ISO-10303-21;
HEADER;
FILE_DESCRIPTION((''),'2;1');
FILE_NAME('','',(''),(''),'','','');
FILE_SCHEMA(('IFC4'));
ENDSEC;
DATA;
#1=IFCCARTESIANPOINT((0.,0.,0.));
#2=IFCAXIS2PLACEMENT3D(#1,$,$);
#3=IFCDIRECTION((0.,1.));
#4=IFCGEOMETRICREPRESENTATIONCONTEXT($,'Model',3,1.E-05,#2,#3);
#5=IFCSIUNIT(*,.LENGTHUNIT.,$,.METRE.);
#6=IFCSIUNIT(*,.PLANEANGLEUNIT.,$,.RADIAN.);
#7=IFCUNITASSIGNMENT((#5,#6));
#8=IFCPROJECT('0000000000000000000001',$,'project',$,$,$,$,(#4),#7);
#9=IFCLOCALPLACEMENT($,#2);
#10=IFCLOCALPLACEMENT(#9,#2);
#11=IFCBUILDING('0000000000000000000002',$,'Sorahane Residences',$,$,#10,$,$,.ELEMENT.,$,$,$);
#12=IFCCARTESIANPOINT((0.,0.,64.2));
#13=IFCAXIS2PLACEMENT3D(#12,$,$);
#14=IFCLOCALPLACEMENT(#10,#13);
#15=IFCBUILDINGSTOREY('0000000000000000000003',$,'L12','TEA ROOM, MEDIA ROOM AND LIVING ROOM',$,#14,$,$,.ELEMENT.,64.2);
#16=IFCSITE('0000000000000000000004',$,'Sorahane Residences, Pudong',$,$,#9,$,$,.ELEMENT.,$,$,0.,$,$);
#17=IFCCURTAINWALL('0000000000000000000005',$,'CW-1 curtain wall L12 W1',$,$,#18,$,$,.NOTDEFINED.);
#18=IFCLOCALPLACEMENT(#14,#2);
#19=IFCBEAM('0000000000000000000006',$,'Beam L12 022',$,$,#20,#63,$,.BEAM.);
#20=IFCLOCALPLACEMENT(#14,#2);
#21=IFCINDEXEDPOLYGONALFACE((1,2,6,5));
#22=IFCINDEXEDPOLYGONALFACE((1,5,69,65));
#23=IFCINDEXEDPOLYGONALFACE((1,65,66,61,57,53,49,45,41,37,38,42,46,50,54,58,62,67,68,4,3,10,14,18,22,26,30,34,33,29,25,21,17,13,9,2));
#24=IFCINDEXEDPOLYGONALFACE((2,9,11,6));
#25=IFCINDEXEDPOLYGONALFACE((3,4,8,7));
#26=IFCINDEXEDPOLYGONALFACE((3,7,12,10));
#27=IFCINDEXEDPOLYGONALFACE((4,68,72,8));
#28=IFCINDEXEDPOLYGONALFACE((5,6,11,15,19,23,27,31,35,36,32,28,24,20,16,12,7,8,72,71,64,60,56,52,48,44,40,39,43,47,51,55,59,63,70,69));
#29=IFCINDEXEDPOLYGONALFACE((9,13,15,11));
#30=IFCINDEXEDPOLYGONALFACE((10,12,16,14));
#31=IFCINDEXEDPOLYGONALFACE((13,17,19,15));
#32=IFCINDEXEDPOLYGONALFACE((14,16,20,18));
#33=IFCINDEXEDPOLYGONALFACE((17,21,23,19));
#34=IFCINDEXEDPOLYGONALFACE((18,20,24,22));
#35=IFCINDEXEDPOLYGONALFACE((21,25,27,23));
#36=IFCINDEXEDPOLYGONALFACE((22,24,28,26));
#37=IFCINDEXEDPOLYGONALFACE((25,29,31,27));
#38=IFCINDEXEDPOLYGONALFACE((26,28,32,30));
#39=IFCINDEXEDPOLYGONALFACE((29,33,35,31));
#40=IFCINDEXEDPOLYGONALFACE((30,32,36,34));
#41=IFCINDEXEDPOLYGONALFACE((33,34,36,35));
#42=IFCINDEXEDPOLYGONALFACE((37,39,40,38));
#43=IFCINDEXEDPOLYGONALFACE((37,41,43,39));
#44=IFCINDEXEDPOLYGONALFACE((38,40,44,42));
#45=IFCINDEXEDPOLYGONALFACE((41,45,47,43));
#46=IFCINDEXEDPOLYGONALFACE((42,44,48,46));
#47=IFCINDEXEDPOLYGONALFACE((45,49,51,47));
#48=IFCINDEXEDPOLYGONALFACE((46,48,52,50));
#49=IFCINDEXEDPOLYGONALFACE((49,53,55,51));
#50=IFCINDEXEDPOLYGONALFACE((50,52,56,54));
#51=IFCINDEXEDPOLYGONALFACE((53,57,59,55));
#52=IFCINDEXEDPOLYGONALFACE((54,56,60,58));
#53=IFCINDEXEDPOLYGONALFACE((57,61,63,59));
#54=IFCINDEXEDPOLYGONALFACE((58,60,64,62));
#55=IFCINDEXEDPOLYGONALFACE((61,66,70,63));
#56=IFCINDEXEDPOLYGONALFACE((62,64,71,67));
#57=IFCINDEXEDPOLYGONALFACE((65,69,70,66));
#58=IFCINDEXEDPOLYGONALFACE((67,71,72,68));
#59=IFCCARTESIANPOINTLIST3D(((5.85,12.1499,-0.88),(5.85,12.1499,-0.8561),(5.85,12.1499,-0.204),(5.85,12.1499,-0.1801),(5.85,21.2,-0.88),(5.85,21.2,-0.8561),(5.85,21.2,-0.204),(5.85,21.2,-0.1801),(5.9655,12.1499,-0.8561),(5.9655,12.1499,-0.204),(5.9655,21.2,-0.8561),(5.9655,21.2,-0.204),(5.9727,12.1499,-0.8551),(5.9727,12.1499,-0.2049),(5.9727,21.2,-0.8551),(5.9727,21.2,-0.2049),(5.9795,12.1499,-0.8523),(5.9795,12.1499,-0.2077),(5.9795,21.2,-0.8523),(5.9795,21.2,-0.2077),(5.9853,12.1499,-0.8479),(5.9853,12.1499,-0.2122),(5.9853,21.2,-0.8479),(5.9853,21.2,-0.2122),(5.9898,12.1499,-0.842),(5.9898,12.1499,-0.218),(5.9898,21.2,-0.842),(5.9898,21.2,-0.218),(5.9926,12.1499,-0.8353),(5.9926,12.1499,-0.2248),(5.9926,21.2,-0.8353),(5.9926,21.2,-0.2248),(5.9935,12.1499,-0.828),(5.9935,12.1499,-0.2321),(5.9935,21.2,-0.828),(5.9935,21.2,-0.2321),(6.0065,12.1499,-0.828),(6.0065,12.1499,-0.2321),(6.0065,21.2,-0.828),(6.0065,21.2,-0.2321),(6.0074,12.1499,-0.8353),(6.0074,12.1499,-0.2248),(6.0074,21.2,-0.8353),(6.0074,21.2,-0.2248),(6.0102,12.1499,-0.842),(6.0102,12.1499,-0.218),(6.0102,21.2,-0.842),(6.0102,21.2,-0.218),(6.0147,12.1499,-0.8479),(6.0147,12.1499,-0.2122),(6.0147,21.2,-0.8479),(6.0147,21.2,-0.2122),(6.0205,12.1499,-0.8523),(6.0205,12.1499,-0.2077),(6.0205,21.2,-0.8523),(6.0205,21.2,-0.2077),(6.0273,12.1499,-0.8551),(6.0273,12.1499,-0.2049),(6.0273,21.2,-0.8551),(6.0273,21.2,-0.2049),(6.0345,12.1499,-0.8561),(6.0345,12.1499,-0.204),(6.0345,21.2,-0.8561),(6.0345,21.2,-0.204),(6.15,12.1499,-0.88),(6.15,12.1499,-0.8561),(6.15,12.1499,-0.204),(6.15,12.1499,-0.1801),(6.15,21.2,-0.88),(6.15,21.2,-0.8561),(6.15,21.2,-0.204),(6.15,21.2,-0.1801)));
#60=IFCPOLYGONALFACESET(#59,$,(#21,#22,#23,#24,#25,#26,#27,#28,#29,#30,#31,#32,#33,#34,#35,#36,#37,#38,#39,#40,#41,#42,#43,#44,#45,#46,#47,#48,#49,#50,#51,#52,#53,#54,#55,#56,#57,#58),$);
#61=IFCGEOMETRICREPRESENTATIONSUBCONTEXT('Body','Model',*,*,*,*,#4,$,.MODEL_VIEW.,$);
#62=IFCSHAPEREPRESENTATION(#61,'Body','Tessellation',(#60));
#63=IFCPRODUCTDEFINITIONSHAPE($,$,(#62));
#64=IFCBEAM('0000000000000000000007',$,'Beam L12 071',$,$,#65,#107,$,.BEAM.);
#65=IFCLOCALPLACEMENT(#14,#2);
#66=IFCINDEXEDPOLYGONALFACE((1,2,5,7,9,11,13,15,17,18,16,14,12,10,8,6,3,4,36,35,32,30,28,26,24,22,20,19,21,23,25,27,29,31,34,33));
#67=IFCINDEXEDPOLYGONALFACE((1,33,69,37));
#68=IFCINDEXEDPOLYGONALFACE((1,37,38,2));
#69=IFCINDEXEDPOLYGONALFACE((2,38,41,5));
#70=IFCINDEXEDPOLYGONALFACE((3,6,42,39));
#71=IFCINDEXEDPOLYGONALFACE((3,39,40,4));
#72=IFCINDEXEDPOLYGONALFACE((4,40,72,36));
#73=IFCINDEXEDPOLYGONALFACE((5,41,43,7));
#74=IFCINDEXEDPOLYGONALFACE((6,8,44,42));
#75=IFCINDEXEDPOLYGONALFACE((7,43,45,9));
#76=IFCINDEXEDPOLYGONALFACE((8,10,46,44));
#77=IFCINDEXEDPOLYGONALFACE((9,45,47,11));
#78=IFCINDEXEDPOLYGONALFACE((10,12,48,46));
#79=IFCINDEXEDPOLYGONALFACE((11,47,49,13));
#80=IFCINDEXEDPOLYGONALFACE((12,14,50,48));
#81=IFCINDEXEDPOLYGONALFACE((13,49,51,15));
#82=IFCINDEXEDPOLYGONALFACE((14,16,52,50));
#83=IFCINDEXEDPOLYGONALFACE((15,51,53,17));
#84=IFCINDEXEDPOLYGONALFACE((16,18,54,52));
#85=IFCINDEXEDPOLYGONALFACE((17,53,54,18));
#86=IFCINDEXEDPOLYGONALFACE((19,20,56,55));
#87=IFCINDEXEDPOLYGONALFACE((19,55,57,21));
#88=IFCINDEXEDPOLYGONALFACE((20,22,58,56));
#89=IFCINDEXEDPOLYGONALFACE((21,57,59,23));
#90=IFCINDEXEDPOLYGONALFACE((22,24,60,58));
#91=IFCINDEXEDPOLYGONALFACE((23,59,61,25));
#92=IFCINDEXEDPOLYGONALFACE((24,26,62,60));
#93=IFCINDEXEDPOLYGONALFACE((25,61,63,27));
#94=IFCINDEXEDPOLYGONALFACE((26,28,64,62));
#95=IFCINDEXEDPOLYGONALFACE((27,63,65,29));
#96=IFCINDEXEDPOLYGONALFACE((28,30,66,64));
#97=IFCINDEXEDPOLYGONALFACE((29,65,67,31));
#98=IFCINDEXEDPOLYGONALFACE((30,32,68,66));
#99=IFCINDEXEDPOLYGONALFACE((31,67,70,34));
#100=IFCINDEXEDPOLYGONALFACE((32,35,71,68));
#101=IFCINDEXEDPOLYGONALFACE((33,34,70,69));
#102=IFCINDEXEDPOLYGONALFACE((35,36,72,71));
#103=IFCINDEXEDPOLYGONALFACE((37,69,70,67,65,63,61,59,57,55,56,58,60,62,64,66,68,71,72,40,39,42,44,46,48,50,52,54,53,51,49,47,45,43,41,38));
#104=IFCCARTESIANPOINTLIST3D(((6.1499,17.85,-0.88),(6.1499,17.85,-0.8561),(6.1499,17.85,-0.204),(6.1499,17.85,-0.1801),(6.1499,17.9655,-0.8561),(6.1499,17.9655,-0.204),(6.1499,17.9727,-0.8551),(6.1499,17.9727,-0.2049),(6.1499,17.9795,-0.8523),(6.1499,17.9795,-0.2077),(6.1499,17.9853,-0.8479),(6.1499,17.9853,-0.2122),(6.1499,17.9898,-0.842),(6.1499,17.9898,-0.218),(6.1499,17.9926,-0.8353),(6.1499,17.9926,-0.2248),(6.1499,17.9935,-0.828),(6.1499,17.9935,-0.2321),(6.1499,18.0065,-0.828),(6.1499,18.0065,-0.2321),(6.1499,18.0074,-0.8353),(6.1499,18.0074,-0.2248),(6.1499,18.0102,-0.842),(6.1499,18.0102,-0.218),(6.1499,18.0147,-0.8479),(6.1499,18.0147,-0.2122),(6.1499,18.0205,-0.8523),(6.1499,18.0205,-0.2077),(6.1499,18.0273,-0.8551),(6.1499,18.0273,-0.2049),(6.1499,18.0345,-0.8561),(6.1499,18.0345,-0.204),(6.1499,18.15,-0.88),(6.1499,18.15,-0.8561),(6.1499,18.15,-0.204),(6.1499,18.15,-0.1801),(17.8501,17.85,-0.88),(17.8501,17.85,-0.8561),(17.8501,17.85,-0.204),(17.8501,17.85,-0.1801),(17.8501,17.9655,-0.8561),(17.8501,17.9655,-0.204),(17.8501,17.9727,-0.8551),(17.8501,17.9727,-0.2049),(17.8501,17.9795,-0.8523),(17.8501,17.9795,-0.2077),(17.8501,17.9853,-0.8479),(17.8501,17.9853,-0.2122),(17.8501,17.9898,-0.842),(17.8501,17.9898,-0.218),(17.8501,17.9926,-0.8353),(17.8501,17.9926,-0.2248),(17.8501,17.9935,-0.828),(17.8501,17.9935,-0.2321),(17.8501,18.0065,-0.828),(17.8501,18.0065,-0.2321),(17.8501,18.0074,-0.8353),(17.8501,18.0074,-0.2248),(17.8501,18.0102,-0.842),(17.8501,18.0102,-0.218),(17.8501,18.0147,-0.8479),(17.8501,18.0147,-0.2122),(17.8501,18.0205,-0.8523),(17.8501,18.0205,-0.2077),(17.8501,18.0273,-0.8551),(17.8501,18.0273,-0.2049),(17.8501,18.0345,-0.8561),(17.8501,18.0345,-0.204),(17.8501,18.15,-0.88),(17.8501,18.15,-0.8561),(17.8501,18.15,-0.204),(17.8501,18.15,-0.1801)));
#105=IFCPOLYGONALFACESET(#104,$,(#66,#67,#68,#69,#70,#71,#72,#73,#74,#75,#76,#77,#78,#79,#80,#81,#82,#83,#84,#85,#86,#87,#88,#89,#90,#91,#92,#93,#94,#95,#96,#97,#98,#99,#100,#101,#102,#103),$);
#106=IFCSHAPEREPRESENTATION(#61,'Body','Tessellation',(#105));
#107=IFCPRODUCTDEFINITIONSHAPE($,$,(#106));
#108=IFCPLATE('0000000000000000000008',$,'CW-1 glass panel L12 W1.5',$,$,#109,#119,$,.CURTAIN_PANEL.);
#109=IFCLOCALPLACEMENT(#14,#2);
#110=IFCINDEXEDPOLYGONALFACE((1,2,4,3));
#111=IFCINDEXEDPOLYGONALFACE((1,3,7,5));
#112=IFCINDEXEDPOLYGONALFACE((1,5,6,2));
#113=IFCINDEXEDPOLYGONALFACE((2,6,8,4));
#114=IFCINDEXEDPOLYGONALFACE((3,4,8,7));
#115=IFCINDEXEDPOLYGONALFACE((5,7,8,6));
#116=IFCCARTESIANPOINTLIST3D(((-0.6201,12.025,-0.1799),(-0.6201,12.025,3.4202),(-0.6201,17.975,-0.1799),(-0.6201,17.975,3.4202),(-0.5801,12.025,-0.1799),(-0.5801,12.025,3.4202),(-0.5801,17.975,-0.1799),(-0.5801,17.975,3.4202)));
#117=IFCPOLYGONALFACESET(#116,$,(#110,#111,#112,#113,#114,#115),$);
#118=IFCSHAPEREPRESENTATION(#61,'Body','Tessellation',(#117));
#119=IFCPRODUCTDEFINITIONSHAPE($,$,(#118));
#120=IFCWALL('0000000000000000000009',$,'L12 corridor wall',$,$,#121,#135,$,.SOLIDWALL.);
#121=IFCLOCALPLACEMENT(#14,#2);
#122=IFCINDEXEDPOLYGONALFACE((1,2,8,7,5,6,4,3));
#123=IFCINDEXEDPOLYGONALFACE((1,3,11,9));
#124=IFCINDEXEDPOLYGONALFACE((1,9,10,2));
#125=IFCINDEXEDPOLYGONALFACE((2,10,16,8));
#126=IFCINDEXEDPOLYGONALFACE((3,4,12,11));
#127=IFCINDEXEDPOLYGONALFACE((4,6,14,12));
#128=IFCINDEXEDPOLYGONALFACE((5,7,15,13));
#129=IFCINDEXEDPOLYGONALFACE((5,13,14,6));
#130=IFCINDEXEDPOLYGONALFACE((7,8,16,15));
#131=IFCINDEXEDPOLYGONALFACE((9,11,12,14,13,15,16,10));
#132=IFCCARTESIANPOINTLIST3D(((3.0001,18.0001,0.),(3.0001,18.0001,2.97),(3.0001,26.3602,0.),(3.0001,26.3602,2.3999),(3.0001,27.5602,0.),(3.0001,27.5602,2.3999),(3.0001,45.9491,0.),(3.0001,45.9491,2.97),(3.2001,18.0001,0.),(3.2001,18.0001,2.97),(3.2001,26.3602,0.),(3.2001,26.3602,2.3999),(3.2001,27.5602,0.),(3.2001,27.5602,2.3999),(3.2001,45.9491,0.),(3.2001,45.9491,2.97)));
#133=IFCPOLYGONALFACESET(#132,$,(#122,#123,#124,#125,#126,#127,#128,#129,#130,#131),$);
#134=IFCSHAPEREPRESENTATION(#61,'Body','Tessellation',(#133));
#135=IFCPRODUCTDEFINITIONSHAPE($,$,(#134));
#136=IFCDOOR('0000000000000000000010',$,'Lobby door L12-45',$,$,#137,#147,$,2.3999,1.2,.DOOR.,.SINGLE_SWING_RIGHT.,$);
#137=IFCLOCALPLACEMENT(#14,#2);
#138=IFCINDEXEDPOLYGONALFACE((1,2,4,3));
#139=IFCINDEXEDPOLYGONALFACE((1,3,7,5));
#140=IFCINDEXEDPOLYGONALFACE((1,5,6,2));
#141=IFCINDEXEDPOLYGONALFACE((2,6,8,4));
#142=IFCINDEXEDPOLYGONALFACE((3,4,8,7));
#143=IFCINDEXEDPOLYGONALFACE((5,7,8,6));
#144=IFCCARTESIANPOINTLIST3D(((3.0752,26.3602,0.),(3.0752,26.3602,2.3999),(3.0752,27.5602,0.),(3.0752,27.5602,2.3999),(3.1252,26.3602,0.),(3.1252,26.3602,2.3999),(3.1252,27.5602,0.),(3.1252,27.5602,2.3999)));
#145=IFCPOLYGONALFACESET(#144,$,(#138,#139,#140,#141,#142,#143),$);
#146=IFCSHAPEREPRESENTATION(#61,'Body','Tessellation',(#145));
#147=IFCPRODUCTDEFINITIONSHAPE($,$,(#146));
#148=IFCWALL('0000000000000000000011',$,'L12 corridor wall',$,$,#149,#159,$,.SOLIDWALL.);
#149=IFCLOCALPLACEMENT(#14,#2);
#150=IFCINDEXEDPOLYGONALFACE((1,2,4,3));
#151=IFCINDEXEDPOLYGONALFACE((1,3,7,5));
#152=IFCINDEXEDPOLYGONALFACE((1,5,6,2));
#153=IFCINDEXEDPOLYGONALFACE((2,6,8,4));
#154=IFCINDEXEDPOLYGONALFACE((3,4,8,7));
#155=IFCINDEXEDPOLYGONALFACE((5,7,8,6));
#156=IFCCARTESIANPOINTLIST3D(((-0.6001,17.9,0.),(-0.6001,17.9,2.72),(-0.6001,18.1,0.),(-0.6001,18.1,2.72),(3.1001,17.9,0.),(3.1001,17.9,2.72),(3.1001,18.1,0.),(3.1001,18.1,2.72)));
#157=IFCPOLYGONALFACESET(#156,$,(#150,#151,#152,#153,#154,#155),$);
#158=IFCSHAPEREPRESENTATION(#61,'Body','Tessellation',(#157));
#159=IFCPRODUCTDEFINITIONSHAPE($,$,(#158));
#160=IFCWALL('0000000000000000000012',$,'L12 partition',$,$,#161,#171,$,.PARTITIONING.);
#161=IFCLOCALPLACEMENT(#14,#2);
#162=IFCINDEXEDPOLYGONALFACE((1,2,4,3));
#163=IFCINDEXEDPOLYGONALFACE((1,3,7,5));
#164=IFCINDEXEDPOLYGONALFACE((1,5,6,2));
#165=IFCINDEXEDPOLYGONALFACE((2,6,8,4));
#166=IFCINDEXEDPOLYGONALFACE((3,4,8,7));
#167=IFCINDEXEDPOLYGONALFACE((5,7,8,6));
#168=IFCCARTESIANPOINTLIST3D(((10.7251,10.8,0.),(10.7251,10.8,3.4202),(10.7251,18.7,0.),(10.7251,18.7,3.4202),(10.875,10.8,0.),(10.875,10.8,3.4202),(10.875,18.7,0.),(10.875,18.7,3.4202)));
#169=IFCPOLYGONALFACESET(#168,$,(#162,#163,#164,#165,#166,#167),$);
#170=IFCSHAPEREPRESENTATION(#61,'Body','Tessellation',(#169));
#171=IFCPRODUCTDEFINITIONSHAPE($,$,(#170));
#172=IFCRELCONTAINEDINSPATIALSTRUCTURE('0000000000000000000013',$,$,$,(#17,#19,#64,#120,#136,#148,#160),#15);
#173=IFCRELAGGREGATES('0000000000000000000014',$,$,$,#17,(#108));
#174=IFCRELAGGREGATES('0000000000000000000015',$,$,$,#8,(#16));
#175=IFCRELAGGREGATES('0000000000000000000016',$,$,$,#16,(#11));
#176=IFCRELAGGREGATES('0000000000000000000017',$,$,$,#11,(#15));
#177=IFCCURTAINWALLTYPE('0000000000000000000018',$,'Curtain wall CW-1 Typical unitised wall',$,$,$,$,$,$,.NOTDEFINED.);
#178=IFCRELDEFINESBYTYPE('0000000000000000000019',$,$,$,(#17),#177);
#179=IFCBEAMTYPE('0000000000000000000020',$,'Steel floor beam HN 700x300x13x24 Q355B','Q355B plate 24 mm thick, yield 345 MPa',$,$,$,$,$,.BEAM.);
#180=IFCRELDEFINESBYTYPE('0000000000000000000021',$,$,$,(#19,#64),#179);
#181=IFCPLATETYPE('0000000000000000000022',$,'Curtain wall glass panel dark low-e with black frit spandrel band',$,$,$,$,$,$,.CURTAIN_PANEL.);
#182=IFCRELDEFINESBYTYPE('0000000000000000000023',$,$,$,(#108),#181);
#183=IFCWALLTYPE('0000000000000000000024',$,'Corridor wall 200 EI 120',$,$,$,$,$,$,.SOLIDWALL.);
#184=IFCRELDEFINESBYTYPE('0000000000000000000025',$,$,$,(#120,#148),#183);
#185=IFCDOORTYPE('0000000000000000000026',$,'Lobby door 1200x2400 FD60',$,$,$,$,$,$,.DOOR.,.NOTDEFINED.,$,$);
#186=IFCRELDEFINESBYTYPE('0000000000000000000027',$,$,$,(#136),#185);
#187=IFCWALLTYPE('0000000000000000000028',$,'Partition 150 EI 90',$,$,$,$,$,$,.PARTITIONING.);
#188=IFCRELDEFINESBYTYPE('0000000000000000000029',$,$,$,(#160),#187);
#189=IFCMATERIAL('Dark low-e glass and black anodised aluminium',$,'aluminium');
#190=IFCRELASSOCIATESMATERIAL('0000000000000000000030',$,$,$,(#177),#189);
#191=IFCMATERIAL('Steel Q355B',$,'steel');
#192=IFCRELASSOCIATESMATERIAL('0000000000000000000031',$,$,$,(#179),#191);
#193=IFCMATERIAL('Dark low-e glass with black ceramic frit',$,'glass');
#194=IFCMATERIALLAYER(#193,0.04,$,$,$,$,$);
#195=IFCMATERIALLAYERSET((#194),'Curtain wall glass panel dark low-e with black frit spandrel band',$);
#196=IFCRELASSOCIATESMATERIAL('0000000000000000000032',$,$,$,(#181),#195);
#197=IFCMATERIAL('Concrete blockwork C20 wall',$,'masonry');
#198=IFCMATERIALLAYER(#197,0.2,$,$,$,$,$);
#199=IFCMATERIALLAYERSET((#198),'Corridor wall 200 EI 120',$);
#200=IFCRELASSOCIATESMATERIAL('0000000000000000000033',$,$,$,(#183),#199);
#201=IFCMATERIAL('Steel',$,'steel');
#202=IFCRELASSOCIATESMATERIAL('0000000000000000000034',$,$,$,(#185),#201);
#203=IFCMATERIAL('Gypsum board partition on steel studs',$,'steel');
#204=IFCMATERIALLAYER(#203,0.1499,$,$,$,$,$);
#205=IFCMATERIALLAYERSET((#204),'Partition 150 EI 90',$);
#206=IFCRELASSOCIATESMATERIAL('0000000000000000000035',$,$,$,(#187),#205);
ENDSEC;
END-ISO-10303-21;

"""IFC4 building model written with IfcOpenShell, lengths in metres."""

from ifc_helpers import new_model, si_unit, direction, frame, frame_2d, origin, origin_2d, place, context, subcontext, project, spatial, rectangle, i_section, extrude, material, layer, layer_set, material_profile, profile_set, type_object, element, fill, aggregate, save


model = new_model("IFC4")

# Units and contexts
model_context = context("Model", 3, precision=1e-05, world=origin(), true_north=direction((0.0, 1.0)))
body_context = subcontext(model_context, "Body", "Model", "MODEL_VIEW")
ifc_project = project(units=[si_unit("LENGTHUNIT", "METRE"), si_unit("PLANEANGLEUNIT", "RADIAN")], contexts=[model_context])

# Site, building, storey
site_placement = place(None, origin())
site = spatial("IfcSite", under=ifc_project, at=site_placement, Name="Sorahane Residences, Pudong", CompositionType="ELEMENT", RefElevation=0.0)
building_placement = place(site_placement, origin())
building = spatial("IfcBuilding", under=site, at=building_placement, Name="Sorahane Residences", CompositionType="ELEMENT")
storey_placement = place(building_placement, frame((0.0, 0.0, 64.2)))
storey = spatial("IfcBuildingStorey", under=building, at=storey_placement, Name="L12", Description="TEA ROOM, MEDIA ROOM AND LIVING ROOM", CompositionType="ELEMENT", Elevation=64.2)

# Curtain wall
ifc_material_1 = material(Name="Dark low-e glass and black anodised aluminium", Category="aluminium")
curtain_wall_type = type_object("IfcCurtainWallType", Name="Curtain wall CW-1 Typical unitised wall", PredefinedType="NOTDEFINED", material=ifc_material_1)
curtain_wall_placement = place(storey_placement, origin())
curtain_wall = element("IfcCurtainWall", 1, at=curtain_wall_placement, inside=storey, type_object=curtain_wall_type, Name="CW-1 curtain wall L12 W1", PredefinedType="NOTDEFINED")

# Beams
ifc_material_2 = material(Name="Steel Q355B", Category="steel")
ifc_material_profile_1 = material_profile(ifc_material_2, i_section(OverallWidth=0.3, OverallDepth=0.7, WebThickness=0.0129, FlangeThickness=0.0239, FilletRadius=0.0281, at=origin_2d()), Name="HN 700x300x13x24")
ifc_profile_set_1 = profile_set([ifc_material_profile_1], Name="Steel Q355B")
beam_type_1 = type_object("IfcBeamType", Name="Steel floor beam HN 700x300x13x24 Q355B", Description="Q355B plate 24 mm thick, yield 345 MPa", PredefinedType="BEAM", material=ifc_profile_set_1)
beam_1_placement = place(storey_placement, frame((6.0, 12.1499, -0.53), z_axis=(0.0, 1.0, 0.0), x_axis=(-1.0, 0.0, 0.0)))
element("IfcBeam", 2, at=beam_1_placement, inside=storey, type_object=beam_type_1, Name="Beam L12 022", PredefinedType="BEAM", context=body_context, shape_type="SweptSolid", body=[
    extrude(i_section(OverallWidth=0.3, OverallDepth=0.7, WebThickness=0.0129, FlangeThickness=0.0239, FilletRadius=0.0281, at=origin_2d()), origin(), (0.0, 0.0, 1.0), 9.05),
])
beam_2_placement = place(storey_placement, frame((6.1499, 18.0, -0.53), z_axis=(1.0, 0.0, 0.0), x_axis=(0.0, 1.0, 0.0)))
element("IfcBeam", 3, at=beam_2_placement, inside=storey, type_object=beam_type_1, Name="Beam L12 071", PredefinedType="BEAM", context=body_context, shape_type="SweptSolid", body=[
    extrude(i_section(OverallWidth=0.3, OverallDepth=0.7, WebThickness=0.0129, FlangeThickness=0.0239, FilletRadius=0.0281, at=origin_2d()), origin(), (0.0, 0.0, 1.0), 11.7002),
])

# Plate
ifc_material_3 = material(Name="Dark low-e glass with black ceramic frit", Category="glass")
ifc_layer_1 = layer(ifc_material_3, 0.04)
ifc_layer_set_1 = layer_set([ifc_layer_1], Name="Curtain wall glass panel dark low-e with black frit spandrel band")
plate_type = type_object("IfcPlateType", Name="Curtain wall glass panel dark low-e with black frit spandrel band", PredefinedType="CURTAIN_PANEL", material=ifc_layer_set_1)
plate_placement = place(storey_placement, frame((-0.6001, 15.0, -0.1799), z_axis=(0.0, 0.0, 1.0), x_axis=(0.0, -1.0, 0.0)))
plate = element("IfcPlate", 4, at=plate_placement, type_object=plate_type, Name="CW-1 glass panel L12 W1.5", PredefinedType="CURTAIN_PANEL", context=body_context, shape_type="SweptSolid", body=[
    extrude(rectangle(XDim=5.95, YDim=0.04, at=origin_2d()), origin(), (0.0, 0.0, 1.0), 3.6001),
])
aggregate(curtain_wall, [plate])

# Wall, opening, door
ifc_material_4 = material(Name="Concrete blockwork C20 wall", Category="masonry")
ifc_layer_2 = layer(ifc_material_4, 0.2)
ifc_layer_set_2 = layer_set([ifc_layer_2], Name="Corridor wall 200 EI 120")
wall_type_1 = type_object("IfcWallType", Name="Corridor wall 200 EI 120", PredefinedType="SOLIDWALL", material=ifc_layer_set_2)
wall_1_placement = place(storey_placement, frame((3.1001, 18.0, 0.0), z_axis=(0.0, 0.0, 1.0), x_axis=(0.0, 1.0, 0.0)))
wall_1 = element("IfcWall", 5, at=wall_1_placement, inside=storey, type_object=wall_type_1, Name="L12 corridor wall", PredefinedType="SOLIDWALL", context=body_context, shape_type="SweptSolid", body=[
    extrude(rectangle(XDim=27.949, YDim=0.2, at=frame_2d((13.9746, 0.0))), origin(), (0.0, 0.0, 1.0), 2.97),
])
opening_1_placement = place(wall_1_placement, frame((8.3601, 0.0, 0.0)))
opening_1 = element("IfcOpeningElement", 6, at=opening_1_placement, cuts=wall_1, PredefinedType="OPENING", context=body_context, shape_type="SweptSolid", body=[
    extrude(rectangle(XDim=1.2, YDim=2.3999, at=frame_2d((0.6001, 1.2))), frame((0.0, 0.1099, 0.0), z_axis=(0.0, -1.0, 0.0), x_axis=(1.0, 0.0, 0.0)), (0.0, 0.0, 1.0), 0.22),
])
ifc_material_5 = material(Name="Steel", Category="steel")
door_type_1 = type_object("IfcDoorType", Name="Lobby door 1200x2400 FD60", OperationType="NOTDEFINED", PredefinedType="DOOR", material=ifc_material_5)
door_1_placement = place(opening_1_placement, origin())
door_1 = element("IfcDoor", 7, at=door_1_placement, inside=storey, type_object=door_type_1, Name="Lobby door L12-45", OperationType="SINGLE_SWING_RIGHT", OverallHeight=2.3999, OverallWidth=1.2, PredefinedType="DOOR", context=body_context, shape_type="SweptSolid", body=[
    extrude(rectangle(XDim=1.2, YDim=2.3999, at=frame_2d((0.6001, 1.2))), frame((0.0, 0.0249, 0.0), z_axis=(0.0, -1.0, 0.0), x_axis=(1.0, 0.0, 0.0)), (0.0, 0.0, 1.0), 0.05),
])
fill(opening_1, door_1)

# Walls
wall_2_placement = place(storey_placement, frame((-0.6001, 18.0, 0.0), z_axis=(0.0, 0.0, 1.0), x_axis=(1.0, 0.0, 0.0)))
element("IfcWall", 8, at=wall_2_placement, inside=storey, type_object=wall_type_1, Name="L12 corridor wall", PredefinedType="SOLIDWALL", context=body_context, shape_type="SweptSolid", body=[
    extrude(rectangle(XDim=3.7002, YDim=0.2, at=frame_2d((1.8501, 0.0))), origin(), (0.0, 0.0, 1.0), 2.72),
])
ifc_material_6 = material(Name="Gypsum board partition on steel studs", Category="steel")
ifc_layer_3 = layer(ifc_material_6, 0.1499)
ifc_layer_set_3 = layer_set([ifc_layer_3], Name="Partition 150 EI 90")
wall_type_2 = type_object("IfcWallType", Name="Partition 150 EI 90", PredefinedType="PARTITIONING", material=ifc_layer_set_3)
wall_3_placement = place(storey_placement, frame((10.8, 10.8, 0.0), z_axis=(0.0, 0.0, 1.0), x_axis=(0.0, 1.0, 0.0)))
element("IfcWall", 9, at=wall_3_placement, inside=storey, type_object=wall_type_2, Name="L12 partition", PredefinedType="PARTITIONING", context=body_context, shape_type="SweptSolid", body=[
    extrude(rectangle(XDim=7.8999, YDim=0.1499, at=frame_2d((3.95, 0.0))), origin(), (0.0, 0.0, 1.0), 3.4202),
])

save(model, "model.ifc")
